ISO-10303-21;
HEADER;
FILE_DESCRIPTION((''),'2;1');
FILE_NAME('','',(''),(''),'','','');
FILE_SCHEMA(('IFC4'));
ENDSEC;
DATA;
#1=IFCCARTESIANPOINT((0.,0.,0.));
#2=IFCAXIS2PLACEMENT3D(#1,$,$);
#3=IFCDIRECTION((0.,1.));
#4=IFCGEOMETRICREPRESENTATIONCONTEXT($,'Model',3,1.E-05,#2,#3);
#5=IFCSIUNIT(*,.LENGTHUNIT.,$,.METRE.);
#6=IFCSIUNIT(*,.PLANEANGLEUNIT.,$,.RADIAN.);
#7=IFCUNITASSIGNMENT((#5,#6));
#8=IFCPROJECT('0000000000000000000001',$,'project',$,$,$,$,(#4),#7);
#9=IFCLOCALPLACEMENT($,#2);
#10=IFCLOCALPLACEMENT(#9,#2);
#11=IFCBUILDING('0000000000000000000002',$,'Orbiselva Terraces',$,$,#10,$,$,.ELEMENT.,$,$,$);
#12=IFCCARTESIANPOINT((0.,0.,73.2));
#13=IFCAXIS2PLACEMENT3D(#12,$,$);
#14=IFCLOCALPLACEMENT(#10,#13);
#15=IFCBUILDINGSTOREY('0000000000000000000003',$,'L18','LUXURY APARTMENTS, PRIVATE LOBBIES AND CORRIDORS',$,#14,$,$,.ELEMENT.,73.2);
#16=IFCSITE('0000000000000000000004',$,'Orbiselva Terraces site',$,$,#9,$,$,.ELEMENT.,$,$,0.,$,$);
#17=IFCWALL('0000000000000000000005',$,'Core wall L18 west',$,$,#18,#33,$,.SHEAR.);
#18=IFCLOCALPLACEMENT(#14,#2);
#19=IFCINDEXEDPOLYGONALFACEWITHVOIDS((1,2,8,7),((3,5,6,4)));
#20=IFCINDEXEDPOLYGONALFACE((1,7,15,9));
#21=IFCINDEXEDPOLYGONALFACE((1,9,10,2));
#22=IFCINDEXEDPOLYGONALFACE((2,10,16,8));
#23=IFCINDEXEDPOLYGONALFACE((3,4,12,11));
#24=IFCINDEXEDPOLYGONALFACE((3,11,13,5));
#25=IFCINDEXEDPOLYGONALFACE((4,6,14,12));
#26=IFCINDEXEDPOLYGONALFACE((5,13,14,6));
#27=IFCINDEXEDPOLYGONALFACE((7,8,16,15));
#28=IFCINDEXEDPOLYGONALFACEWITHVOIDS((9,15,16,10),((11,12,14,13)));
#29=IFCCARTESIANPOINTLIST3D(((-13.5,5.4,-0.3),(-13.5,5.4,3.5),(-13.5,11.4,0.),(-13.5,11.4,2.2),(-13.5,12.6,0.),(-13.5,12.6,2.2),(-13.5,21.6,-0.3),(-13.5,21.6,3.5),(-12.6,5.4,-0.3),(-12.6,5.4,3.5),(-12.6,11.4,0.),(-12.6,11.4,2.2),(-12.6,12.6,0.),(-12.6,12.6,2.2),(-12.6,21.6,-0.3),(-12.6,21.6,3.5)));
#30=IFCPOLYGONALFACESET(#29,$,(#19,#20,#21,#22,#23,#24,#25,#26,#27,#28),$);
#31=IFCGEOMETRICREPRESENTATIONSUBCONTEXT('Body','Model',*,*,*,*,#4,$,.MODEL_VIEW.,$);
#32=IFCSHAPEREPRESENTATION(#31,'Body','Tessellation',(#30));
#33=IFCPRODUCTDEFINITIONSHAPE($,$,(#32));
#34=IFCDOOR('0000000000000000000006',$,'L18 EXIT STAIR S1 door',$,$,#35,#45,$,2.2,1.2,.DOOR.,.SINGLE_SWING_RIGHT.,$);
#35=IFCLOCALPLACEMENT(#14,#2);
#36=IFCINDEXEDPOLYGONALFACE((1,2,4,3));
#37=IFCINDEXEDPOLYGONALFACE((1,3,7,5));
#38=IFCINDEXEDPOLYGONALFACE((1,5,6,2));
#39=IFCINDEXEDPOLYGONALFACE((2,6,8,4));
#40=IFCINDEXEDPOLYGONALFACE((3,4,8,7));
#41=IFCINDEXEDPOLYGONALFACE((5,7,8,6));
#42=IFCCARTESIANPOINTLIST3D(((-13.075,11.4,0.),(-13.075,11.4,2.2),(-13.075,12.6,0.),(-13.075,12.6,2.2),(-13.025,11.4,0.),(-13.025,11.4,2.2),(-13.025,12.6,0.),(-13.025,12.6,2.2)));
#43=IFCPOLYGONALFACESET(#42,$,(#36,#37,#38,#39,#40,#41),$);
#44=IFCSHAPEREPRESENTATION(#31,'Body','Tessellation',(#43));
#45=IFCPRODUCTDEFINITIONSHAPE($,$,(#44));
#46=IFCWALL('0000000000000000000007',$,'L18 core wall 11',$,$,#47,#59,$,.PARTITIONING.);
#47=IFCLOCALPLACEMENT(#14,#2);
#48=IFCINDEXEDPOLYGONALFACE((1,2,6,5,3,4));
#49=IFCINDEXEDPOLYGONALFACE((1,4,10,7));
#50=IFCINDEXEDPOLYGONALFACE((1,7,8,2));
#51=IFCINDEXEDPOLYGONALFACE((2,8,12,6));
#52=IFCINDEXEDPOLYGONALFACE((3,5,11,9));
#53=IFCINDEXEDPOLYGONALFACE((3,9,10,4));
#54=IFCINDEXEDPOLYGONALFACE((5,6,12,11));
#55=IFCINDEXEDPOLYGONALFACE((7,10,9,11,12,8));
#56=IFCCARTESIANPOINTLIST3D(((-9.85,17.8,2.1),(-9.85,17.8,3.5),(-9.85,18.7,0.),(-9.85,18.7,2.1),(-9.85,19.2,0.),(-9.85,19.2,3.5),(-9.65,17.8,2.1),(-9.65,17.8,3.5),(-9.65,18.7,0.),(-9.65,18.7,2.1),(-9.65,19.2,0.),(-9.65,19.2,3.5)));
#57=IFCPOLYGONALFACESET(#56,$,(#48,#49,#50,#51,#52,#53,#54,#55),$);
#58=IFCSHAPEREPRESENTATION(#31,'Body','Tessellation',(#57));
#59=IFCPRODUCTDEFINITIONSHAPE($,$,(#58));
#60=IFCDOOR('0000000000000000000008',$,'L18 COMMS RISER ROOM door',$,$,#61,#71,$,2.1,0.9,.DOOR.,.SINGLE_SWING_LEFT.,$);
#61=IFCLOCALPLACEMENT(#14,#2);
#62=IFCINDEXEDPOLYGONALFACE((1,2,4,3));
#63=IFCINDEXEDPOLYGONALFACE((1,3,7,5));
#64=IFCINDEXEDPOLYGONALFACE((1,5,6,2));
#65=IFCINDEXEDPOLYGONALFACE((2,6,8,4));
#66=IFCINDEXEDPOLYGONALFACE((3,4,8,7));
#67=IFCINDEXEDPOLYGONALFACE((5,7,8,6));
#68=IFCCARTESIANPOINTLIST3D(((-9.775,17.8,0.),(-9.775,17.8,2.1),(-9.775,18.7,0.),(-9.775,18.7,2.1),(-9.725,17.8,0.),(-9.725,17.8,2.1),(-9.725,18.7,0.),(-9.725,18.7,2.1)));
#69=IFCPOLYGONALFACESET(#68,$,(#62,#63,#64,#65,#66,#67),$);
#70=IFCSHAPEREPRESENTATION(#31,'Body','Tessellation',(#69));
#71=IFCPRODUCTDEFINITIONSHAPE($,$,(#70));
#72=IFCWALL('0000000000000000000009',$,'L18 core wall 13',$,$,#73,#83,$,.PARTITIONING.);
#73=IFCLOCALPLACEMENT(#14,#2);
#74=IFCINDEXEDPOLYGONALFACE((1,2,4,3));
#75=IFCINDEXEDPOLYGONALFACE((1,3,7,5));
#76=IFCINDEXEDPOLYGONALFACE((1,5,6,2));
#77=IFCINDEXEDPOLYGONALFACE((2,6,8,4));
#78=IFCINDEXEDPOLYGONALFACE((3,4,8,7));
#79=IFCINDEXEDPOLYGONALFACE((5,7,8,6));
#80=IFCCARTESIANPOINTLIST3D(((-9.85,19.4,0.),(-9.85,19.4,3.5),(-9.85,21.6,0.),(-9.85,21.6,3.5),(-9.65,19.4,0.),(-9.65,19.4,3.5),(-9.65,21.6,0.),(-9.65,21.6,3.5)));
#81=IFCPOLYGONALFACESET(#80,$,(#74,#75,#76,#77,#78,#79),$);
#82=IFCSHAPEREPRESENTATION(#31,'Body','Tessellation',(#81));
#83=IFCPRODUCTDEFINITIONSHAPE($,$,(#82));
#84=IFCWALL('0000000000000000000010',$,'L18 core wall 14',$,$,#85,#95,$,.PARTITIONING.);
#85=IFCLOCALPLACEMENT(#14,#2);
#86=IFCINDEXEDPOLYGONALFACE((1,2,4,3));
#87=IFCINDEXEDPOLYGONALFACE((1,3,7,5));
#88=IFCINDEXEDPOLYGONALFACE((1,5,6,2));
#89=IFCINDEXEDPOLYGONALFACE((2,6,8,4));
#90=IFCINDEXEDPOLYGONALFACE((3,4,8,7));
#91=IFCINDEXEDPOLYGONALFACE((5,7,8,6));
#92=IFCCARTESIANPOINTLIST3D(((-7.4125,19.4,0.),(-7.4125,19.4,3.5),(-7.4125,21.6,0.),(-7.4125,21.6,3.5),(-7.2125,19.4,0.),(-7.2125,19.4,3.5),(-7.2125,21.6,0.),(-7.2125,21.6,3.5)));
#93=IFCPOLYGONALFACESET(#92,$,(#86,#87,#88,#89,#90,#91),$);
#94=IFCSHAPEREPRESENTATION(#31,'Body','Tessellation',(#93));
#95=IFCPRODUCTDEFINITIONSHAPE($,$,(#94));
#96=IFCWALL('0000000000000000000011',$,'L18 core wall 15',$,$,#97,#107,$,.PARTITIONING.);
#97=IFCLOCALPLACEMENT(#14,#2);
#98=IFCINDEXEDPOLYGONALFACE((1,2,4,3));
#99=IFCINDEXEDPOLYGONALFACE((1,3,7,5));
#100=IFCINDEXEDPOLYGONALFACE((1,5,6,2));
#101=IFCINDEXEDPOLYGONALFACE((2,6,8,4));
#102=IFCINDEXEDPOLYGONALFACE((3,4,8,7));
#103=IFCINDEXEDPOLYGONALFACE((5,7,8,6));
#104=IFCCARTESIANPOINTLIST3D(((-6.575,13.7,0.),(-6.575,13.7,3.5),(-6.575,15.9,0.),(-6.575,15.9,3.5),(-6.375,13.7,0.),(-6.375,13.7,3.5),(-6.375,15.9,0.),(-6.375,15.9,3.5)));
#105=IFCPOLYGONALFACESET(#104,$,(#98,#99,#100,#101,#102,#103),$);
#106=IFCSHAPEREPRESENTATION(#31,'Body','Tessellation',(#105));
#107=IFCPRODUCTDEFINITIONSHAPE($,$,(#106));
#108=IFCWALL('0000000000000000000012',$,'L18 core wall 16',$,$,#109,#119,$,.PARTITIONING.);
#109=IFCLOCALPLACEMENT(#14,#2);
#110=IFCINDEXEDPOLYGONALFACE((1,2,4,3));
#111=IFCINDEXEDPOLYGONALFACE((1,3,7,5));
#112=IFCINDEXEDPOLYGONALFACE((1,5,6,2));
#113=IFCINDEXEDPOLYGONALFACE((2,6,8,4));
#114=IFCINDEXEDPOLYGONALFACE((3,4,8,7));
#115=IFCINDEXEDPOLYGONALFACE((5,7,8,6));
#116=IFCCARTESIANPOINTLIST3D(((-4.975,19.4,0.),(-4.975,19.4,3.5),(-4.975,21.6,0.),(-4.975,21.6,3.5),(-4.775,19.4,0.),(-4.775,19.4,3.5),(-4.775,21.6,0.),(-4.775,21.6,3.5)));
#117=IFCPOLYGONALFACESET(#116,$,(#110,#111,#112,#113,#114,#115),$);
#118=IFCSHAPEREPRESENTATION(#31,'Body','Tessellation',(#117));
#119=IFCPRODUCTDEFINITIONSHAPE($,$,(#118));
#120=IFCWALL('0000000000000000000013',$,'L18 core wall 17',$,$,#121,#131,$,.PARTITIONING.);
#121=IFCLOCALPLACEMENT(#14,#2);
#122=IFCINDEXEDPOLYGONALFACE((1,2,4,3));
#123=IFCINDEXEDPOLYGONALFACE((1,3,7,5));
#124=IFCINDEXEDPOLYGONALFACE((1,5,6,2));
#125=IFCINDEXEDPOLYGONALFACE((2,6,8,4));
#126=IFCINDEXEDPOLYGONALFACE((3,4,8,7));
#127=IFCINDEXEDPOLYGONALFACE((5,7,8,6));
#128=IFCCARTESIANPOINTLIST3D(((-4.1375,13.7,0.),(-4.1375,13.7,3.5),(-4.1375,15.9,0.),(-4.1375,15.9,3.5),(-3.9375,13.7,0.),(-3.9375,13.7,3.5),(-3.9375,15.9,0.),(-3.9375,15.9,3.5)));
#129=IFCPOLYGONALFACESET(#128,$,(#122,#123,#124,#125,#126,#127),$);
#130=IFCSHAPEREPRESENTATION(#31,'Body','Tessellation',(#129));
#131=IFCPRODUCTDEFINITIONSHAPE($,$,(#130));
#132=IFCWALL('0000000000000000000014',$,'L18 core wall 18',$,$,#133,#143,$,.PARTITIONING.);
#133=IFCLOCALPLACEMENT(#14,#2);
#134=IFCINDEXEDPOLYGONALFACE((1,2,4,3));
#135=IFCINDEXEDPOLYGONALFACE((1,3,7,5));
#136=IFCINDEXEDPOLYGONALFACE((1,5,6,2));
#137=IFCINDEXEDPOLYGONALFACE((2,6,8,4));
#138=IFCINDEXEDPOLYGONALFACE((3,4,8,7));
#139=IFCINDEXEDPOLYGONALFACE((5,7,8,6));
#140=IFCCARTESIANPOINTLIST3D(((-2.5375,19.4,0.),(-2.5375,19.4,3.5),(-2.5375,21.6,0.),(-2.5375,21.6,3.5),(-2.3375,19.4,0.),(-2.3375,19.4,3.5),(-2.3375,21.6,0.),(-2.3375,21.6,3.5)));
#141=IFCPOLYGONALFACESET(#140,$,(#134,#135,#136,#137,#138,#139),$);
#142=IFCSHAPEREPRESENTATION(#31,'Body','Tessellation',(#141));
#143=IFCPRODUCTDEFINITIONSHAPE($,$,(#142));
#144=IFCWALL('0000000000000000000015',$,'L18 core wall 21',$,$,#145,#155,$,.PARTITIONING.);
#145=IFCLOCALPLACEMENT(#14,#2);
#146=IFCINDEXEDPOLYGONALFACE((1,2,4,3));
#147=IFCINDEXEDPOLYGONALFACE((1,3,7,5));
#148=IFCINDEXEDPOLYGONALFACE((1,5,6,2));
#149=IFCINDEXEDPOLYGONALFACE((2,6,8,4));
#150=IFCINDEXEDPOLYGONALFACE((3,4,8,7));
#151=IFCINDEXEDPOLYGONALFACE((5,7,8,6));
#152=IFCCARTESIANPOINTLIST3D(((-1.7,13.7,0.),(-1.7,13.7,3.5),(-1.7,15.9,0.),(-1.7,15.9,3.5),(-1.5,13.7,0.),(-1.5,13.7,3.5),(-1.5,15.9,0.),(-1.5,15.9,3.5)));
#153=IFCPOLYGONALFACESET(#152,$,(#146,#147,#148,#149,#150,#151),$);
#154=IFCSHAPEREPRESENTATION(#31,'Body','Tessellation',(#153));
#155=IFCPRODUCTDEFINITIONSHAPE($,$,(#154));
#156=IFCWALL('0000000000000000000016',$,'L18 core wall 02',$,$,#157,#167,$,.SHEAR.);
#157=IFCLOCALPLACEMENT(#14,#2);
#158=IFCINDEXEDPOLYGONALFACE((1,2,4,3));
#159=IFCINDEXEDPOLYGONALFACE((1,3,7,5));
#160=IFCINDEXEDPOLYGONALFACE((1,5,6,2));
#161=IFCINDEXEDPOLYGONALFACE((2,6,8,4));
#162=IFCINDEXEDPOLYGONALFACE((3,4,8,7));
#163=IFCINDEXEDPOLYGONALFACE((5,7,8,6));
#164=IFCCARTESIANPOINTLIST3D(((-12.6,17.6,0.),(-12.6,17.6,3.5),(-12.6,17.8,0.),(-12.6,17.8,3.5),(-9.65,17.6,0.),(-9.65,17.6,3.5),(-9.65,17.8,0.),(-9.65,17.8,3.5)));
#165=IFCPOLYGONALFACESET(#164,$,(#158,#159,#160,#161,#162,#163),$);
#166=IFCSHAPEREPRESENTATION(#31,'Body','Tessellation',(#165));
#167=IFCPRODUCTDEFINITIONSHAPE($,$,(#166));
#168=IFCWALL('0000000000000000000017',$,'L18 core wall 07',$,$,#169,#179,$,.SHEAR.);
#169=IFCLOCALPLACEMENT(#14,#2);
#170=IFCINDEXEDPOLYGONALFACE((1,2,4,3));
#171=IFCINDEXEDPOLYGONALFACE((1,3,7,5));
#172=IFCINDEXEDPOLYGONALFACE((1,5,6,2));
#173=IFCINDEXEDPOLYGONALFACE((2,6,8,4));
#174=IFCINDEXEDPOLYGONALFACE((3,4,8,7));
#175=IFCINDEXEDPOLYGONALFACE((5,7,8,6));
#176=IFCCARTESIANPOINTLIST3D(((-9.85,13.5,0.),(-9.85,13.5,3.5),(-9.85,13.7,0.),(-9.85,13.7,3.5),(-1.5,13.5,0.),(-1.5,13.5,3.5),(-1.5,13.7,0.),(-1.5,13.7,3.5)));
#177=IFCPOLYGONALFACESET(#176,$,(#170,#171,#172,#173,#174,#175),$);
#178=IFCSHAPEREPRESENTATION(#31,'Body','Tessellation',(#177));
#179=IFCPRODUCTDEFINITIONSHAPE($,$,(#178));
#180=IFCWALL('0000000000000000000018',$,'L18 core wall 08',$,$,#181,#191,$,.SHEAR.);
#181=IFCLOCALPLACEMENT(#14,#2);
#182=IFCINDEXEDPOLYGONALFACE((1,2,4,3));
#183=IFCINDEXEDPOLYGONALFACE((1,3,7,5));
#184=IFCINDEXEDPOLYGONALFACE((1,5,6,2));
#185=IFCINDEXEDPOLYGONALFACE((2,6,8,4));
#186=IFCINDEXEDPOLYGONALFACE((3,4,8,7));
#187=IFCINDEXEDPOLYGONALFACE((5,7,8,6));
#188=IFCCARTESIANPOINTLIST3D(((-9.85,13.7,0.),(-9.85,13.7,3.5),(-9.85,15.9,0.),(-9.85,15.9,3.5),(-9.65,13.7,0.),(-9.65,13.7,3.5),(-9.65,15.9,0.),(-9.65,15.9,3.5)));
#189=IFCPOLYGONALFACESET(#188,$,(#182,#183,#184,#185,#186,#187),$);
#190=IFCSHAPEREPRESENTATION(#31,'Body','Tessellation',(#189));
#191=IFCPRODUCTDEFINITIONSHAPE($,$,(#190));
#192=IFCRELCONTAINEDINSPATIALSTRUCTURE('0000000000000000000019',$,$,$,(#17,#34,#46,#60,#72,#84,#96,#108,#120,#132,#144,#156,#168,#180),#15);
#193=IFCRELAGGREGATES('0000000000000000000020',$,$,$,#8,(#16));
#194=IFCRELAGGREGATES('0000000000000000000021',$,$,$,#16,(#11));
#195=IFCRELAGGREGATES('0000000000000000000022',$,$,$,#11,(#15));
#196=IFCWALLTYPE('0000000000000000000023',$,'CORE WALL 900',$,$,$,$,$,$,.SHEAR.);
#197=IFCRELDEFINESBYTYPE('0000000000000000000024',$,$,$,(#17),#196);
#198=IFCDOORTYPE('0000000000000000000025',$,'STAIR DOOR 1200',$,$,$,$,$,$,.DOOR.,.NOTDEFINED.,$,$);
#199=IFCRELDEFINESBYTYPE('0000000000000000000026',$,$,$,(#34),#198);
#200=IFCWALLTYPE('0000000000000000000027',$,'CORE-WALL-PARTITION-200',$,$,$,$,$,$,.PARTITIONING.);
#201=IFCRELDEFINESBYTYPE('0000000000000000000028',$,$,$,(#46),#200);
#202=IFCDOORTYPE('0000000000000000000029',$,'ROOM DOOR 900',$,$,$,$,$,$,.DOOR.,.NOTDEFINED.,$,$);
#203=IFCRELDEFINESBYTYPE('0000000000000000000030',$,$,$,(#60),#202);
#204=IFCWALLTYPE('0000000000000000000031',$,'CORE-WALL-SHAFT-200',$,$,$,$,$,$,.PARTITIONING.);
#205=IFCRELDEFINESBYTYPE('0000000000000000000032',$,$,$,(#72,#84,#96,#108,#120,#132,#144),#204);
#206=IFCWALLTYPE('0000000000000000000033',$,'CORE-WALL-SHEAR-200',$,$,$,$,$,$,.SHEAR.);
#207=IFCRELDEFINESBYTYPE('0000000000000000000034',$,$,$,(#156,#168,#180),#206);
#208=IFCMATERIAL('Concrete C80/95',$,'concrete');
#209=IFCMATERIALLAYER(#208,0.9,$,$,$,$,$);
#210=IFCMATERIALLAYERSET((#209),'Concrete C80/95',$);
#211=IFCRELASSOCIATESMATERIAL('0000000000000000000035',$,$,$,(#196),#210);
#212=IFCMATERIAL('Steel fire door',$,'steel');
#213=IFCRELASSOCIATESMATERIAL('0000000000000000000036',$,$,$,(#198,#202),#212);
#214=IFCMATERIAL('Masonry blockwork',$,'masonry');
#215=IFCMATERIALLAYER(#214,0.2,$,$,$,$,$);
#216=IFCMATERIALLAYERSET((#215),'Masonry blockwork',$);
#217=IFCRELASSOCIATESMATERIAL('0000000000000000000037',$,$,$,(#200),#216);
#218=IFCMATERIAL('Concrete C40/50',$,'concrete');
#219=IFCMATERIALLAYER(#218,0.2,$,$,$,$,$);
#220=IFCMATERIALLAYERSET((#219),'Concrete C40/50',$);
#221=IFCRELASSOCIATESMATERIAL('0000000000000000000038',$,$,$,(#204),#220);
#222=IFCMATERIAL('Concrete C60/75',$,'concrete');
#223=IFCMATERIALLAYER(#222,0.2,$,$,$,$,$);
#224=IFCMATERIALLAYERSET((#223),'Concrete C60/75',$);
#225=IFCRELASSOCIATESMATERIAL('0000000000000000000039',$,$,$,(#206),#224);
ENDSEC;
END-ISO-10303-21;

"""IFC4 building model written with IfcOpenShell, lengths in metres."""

from ifc_helpers import new_model, si_unit, direction, frame, frame_2d, origin, place, context, subcontext, project, spatial, rectangle, extrude, material, layer, layer_set, type_object, element, fill, save


model = new_model("IFC4")

# Units and contexts
model_context = context("Model", 3, precision=1e-05, world=origin(), true_north=direction((0.0, 1.0)))
body_context = subcontext(model_context, "Body", "Model", "MODEL_VIEW")
ifc_project = project(units=[si_unit("LENGTHUNIT", "METRE"), si_unit("PLANEANGLEUNIT", "RADIAN")], contexts=[model_context])

# Site, building, storey
site_placement = place(None, origin())
site = spatial("IfcSite", under=ifc_project, at=site_placement, Name="Orbiselva Terraces site", CompositionType="ELEMENT", RefElevation=0.0)
building_placement = place(site_placement, origin())
building = spatial("IfcBuilding", under=site, at=building_placement, Name="Orbiselva Terraces", CompositionType="ELEMENT")
storey_placement = place(building_placement, frame((0.0, 0.0, 73.2)))
storey = spatial("IfcBuildingStorey", under=building, at=storey_placement, Name="L18", Description="LUXURY APARTMENTS, PRIVATE LOBBIES AND CORRIDORS", CompositionType="ELEMENT", Elevation=73.2)

# Walls, openings, doors
ifc_material_1 = material(Name="Concrete C80/95", Category="concrete")
ifc_layer_1 = layer(ifc_material_1, 0.9)
ifc_layer_set_1 = layer_set([ifc_layer_1], Name="Concrete C80/95")
wall_type_1 = type_object("IfcWallType", Name="CORE WALL 900", PredefinedType="SHEAR", material=ifc_layer_set_1)
wall_1_placement = place(storey_placement, frame((-13.05, 21.6, -0.3), z_axis=(0.0, 0.0, 1.0), x_axis=(0.0, -1.0, 0.0)))
wall_1 = element("IfcWall", 1, at=wall_1_placement, inside=storey, type_object=wall_type_1, Name="Core wall L18 west", PredefinedType="SHEAR", context=body_context, shape_type="SweptSolid", body=[
    extrude(rectangle(XDim=16.2, YDim=0.9, at=frame_2d((8.1, 0.0))), origin(), (0.0, 0.0, 1.0), 3.8),
])
opening_1_placement = place(wall_1_placement, frame((9.0, 0.0, 0.3)))
opening_1 = element("IfcOpeningElement", 2, at=opening_1_placement, cuts=wall_1, PredefinedType="OPENING", context=body_context, shape_type="SweptSolid", body=[
    extrude(rectangle(XDim=1.2, YDim=2.2, at=frame_2d((0.6, 1.1))), frame((0.0, 0.46, 0.0), z_axis=(0.0, -1.0, 0.0), x_axis=(1.0, 0.0, 0.0)), (0.0, 0.0, 1.0), 0.92),
])
ifc_material_2 = material(Name="Steel fire door", Category="steel")
door_type_1 = type_object("IfcDoorType", Name="STAIR DOOR 1200", OperationType="NOTDEFINED", PredefinedType="DOOR", material=ifc_material_2)
door_1_placement = place(opening_1_placement, frame((1.2, 0.0, 0.0), z_axis=(0.0, 0.0, 1.0), x_axis=(-1.0, 0.0, 0.0)))
door_1 = element("IfcDoor", 3, at=door_1_placement, inside=storey, type_object=door_type_1, Name="L18 EXIT STAIR S1 door", OperationType="SINGLE_SWING_RIGHT", OverallHeight=2.2, OverallWidth=1.2, PredefinedType="DOOR", context=body_context, shape_type="SweptSolid", body=[
    extrude(rectangle(XDim=1.2, YDim=2.2, at=frame_2d((0.6, 1.1))), frame((0.0, 0.025, 0.0), z_axis=(0.0, -1.0, 0.0), x_axis=(1.0, 0.0, 0.0)), (0.0, 0.0, 1.0), 0.05),
])
fill(opening_1, door_1)
ifc_material_3 = material(Name="Masonry blockwork", Category="masonry")
ifc_layer_2 = layer(ifc_material_3, 0.2)
ifc_layer_set_2 = layer_set([ifc_layer_2], Name="Masonry blockwork")
wall_type_2 = type_object("IfcWallType", Name="CORE-WALL-PARTITION-200", PredefinedType="PARTITIONING", material=ifc_layer_set_2)
wall_2_placement = place(storey_placement, frame((-9.75, 17.8, 0.0), z_axis=(0.0, 0.0, 1.0), x_axis=(0.0, 1.0, 0.0)))
wall_2 = element("IfcWall", 4, at=wall_2_placement, inside=storey, type_object=wall_type_2, Name="L18 core wall 11", PredefinedType="PARTITIONING", context=body_context, shape_type="SweptSolid", body=[
    extrude(rectangle(XDim=1.4, YDim=0.2, at=frame_2d((0.7, 0.0))), origin(), (0.0, 0.0, 1.0), 3.5),
])
opening_2_placement = place(wall_2_placement, origin())
opening_2 = element("IfcOpeningElement", 5, at=opening_2_placement, cuts=wall_2, PredefinedType="OPENING", context=body_context, shape_type="SweptSolid", body=[
    extrude(rectangle(XDim=0.9, YDim=2.1, at=frame_2d((0.45, 1.05))), frame((0.0, 0.11, 0.0), z_axis=(0.0, -1.0, 0.0), x_axis=(1.0, 0.0, 0.0)), (0.0, 0.0, 1.0), 0.22),
])
door_type_2 = type_object("IfcDoorType", Name="ROOM DOOR 900", OperationType="NOTDEFINED", PredefinedType="DOOR", material=ifc_material_2)
door_2_placement = place(opening_2_placement, origin())
door_2 = element("IfcDoor", 6, at=door_2_placement, inside=storey, type_object=door_type_2, Name="L18 COMMS RISER ROOM door", OperationType="SINGLE_SWING_LEFT", OverallHeight=2.1, OverallWidth=0.9, PredefinedType="DOOR", context=body_context, shape_type="SweptSolid", body=[
    extrude(rectangle(XDim=0.9, YDim=2.1, at=frame_2d((0.45, 1.05))), frame((0.0, 0.025, 0.0), z_axis=(0.0, -1.0, 0.0), x_axis=(1.0, 0.0, 0.0)), (0.0, 0.0, 1.0), 0.05),
])
fill(opening_2, door_2)

# Walls
ifc_material_4 = material(Name="Concrete C40/50", Category="concrete")
ifc_layer_3 = layer(ifc_material_4, 0.2)
ifc_layer_set_3 = layer_set([ifc_layer_3], Name="Concrete C40/50")
wall_type_3 = type_object("IfcWallType", Name="CORE-WALL-SHAFT-200", PredefinedType="PARTITIONING", material=ifc_layer_set_3)
for number, where, z_axis, x_axis, name in (
    (7, (-9.75, 19.4, 0.0), (0.0, 0.0, 1.0), (0.0, 1.0, 0.0), "L18 core wall 13"),
    (8, (-7.3125, 19.4, 0.0), (0.0, 0.0, 1.0), (0.0, 1.0, 0.0), "L18 core wall 14"),
    (9, (-6.475, 13.7, 0.0), (0.0, 0.0, 1.0), (0.0, 1.0, 0.0), "L18 core wall 15"),
    (10, (-4.875, 19.4, 0.0), (0.0, 0.0, 1.0), (0.0, 1.0, 0.0), "L18 core wall 16"),
    (11, (-4.0375, 13.7, 0.0), (0.0, 0.0, 1.0), (0.0, 1.0, 0.0), "L18 core wall 17"),
    (12, (-2.4375, 19.4, 0.0), (0.0, 0.0, 1.0), (0.0, 1.0, 0.0), "L18 core wall 18"),
    (13, (-1.6, 13.7, 0.0), (0.0, 0.0, 1.0), (0.0, 1.0, 0.0), "L18 core wall 21"),
):
    element("IfcWall", number, at=place(storey_placement, frame(where, z_axis=z_axis, x_axis=x_axis)), inside=storey, type_object=wall_type_3, Name=name, PredefinedType="PARTITIONING", context=body_context, shape_type="SweptSolid", body=[
        extrude(rectangle(XDim=2.2, YDim=0.2, at=frame_2d((1.1, 0.0))), origin(), (0.0, 0.0, 1.0), 3.5),
    ])
ifc_material_5 = material(Name="Concrete C60/75", Category="concrete")
ifc_layer_4 = layer(ifc_material_5, 0.2)
ifc_layer_set_4 = layer_set([ifc_layer_4], Name="Concrete C60/75")
wall_type_4 = type_object("IfcWallType", Name="CORE-WALL-SHEAR-200", PredefinedType="SHEAR", material=ifc_layer_set_4)
wall_3_placement = place(storey_placement, frame((-12.6, 17.7, 0.0), z_axis=(0.0, 0.0, 1.0), x_axis=(1.0, 0.0, 0.0)))
element("IfcWall", 14, at=wall_3_placement, inside=storey, type_object=wall_type_4, Name="L18 core wall 02", PredefinedType="SHEAR", context=body_context, shape_type="SweptSolid", body=[
    extrude(rectangle(XDim=2.95, YDim=0.2, at=frame_2d((1.475, 0.0))), origin(), (0.0, 0.0, 1.0), 3.5),
])
wall_4_placement = place(storey_placement, frame((-9.85, 13.6, 0.0), z_axis=(0.0, 0.0, 1.0), x_axis=(1.0, 0.0, 0.0)))
element("IfcWall", 15, at=wall_4_placement, inside=storey, type_object=wall_type_4, Name="L18 core wall 07", PredefinedType="SHEAR", context=body_context, shape_type="SweptSolid", body=[
    extrude(rectangle(XDim=8.35, YDim=0.2, at=frame_2d((4.175, 0.0))), origin(), (0.0, 0.0, 1.0), 3.5),
])
wall_5_placement = place(storey_placement, frame((-9.75, 13.7, 0.0), z_axis=(0.0, 0.0, 1.0), x_axis=(0.0, 1.0, 0.0)))
element("IfcWall", 16, at=wall_5_placement, inside=storey, type_object=wall_type_4, Name="L18 core wall 08", PredefinedType="SHEAR", context=body_context, shape_type="SweptSolid", body=[
    extrude(rectangle(XDim=2.2, YDim=0.2, at=frame_2d((1.1, 0.0))), origin(), (0.0, 0.0, 1.0), 3.5),
])

save(model, "model.ifc")
